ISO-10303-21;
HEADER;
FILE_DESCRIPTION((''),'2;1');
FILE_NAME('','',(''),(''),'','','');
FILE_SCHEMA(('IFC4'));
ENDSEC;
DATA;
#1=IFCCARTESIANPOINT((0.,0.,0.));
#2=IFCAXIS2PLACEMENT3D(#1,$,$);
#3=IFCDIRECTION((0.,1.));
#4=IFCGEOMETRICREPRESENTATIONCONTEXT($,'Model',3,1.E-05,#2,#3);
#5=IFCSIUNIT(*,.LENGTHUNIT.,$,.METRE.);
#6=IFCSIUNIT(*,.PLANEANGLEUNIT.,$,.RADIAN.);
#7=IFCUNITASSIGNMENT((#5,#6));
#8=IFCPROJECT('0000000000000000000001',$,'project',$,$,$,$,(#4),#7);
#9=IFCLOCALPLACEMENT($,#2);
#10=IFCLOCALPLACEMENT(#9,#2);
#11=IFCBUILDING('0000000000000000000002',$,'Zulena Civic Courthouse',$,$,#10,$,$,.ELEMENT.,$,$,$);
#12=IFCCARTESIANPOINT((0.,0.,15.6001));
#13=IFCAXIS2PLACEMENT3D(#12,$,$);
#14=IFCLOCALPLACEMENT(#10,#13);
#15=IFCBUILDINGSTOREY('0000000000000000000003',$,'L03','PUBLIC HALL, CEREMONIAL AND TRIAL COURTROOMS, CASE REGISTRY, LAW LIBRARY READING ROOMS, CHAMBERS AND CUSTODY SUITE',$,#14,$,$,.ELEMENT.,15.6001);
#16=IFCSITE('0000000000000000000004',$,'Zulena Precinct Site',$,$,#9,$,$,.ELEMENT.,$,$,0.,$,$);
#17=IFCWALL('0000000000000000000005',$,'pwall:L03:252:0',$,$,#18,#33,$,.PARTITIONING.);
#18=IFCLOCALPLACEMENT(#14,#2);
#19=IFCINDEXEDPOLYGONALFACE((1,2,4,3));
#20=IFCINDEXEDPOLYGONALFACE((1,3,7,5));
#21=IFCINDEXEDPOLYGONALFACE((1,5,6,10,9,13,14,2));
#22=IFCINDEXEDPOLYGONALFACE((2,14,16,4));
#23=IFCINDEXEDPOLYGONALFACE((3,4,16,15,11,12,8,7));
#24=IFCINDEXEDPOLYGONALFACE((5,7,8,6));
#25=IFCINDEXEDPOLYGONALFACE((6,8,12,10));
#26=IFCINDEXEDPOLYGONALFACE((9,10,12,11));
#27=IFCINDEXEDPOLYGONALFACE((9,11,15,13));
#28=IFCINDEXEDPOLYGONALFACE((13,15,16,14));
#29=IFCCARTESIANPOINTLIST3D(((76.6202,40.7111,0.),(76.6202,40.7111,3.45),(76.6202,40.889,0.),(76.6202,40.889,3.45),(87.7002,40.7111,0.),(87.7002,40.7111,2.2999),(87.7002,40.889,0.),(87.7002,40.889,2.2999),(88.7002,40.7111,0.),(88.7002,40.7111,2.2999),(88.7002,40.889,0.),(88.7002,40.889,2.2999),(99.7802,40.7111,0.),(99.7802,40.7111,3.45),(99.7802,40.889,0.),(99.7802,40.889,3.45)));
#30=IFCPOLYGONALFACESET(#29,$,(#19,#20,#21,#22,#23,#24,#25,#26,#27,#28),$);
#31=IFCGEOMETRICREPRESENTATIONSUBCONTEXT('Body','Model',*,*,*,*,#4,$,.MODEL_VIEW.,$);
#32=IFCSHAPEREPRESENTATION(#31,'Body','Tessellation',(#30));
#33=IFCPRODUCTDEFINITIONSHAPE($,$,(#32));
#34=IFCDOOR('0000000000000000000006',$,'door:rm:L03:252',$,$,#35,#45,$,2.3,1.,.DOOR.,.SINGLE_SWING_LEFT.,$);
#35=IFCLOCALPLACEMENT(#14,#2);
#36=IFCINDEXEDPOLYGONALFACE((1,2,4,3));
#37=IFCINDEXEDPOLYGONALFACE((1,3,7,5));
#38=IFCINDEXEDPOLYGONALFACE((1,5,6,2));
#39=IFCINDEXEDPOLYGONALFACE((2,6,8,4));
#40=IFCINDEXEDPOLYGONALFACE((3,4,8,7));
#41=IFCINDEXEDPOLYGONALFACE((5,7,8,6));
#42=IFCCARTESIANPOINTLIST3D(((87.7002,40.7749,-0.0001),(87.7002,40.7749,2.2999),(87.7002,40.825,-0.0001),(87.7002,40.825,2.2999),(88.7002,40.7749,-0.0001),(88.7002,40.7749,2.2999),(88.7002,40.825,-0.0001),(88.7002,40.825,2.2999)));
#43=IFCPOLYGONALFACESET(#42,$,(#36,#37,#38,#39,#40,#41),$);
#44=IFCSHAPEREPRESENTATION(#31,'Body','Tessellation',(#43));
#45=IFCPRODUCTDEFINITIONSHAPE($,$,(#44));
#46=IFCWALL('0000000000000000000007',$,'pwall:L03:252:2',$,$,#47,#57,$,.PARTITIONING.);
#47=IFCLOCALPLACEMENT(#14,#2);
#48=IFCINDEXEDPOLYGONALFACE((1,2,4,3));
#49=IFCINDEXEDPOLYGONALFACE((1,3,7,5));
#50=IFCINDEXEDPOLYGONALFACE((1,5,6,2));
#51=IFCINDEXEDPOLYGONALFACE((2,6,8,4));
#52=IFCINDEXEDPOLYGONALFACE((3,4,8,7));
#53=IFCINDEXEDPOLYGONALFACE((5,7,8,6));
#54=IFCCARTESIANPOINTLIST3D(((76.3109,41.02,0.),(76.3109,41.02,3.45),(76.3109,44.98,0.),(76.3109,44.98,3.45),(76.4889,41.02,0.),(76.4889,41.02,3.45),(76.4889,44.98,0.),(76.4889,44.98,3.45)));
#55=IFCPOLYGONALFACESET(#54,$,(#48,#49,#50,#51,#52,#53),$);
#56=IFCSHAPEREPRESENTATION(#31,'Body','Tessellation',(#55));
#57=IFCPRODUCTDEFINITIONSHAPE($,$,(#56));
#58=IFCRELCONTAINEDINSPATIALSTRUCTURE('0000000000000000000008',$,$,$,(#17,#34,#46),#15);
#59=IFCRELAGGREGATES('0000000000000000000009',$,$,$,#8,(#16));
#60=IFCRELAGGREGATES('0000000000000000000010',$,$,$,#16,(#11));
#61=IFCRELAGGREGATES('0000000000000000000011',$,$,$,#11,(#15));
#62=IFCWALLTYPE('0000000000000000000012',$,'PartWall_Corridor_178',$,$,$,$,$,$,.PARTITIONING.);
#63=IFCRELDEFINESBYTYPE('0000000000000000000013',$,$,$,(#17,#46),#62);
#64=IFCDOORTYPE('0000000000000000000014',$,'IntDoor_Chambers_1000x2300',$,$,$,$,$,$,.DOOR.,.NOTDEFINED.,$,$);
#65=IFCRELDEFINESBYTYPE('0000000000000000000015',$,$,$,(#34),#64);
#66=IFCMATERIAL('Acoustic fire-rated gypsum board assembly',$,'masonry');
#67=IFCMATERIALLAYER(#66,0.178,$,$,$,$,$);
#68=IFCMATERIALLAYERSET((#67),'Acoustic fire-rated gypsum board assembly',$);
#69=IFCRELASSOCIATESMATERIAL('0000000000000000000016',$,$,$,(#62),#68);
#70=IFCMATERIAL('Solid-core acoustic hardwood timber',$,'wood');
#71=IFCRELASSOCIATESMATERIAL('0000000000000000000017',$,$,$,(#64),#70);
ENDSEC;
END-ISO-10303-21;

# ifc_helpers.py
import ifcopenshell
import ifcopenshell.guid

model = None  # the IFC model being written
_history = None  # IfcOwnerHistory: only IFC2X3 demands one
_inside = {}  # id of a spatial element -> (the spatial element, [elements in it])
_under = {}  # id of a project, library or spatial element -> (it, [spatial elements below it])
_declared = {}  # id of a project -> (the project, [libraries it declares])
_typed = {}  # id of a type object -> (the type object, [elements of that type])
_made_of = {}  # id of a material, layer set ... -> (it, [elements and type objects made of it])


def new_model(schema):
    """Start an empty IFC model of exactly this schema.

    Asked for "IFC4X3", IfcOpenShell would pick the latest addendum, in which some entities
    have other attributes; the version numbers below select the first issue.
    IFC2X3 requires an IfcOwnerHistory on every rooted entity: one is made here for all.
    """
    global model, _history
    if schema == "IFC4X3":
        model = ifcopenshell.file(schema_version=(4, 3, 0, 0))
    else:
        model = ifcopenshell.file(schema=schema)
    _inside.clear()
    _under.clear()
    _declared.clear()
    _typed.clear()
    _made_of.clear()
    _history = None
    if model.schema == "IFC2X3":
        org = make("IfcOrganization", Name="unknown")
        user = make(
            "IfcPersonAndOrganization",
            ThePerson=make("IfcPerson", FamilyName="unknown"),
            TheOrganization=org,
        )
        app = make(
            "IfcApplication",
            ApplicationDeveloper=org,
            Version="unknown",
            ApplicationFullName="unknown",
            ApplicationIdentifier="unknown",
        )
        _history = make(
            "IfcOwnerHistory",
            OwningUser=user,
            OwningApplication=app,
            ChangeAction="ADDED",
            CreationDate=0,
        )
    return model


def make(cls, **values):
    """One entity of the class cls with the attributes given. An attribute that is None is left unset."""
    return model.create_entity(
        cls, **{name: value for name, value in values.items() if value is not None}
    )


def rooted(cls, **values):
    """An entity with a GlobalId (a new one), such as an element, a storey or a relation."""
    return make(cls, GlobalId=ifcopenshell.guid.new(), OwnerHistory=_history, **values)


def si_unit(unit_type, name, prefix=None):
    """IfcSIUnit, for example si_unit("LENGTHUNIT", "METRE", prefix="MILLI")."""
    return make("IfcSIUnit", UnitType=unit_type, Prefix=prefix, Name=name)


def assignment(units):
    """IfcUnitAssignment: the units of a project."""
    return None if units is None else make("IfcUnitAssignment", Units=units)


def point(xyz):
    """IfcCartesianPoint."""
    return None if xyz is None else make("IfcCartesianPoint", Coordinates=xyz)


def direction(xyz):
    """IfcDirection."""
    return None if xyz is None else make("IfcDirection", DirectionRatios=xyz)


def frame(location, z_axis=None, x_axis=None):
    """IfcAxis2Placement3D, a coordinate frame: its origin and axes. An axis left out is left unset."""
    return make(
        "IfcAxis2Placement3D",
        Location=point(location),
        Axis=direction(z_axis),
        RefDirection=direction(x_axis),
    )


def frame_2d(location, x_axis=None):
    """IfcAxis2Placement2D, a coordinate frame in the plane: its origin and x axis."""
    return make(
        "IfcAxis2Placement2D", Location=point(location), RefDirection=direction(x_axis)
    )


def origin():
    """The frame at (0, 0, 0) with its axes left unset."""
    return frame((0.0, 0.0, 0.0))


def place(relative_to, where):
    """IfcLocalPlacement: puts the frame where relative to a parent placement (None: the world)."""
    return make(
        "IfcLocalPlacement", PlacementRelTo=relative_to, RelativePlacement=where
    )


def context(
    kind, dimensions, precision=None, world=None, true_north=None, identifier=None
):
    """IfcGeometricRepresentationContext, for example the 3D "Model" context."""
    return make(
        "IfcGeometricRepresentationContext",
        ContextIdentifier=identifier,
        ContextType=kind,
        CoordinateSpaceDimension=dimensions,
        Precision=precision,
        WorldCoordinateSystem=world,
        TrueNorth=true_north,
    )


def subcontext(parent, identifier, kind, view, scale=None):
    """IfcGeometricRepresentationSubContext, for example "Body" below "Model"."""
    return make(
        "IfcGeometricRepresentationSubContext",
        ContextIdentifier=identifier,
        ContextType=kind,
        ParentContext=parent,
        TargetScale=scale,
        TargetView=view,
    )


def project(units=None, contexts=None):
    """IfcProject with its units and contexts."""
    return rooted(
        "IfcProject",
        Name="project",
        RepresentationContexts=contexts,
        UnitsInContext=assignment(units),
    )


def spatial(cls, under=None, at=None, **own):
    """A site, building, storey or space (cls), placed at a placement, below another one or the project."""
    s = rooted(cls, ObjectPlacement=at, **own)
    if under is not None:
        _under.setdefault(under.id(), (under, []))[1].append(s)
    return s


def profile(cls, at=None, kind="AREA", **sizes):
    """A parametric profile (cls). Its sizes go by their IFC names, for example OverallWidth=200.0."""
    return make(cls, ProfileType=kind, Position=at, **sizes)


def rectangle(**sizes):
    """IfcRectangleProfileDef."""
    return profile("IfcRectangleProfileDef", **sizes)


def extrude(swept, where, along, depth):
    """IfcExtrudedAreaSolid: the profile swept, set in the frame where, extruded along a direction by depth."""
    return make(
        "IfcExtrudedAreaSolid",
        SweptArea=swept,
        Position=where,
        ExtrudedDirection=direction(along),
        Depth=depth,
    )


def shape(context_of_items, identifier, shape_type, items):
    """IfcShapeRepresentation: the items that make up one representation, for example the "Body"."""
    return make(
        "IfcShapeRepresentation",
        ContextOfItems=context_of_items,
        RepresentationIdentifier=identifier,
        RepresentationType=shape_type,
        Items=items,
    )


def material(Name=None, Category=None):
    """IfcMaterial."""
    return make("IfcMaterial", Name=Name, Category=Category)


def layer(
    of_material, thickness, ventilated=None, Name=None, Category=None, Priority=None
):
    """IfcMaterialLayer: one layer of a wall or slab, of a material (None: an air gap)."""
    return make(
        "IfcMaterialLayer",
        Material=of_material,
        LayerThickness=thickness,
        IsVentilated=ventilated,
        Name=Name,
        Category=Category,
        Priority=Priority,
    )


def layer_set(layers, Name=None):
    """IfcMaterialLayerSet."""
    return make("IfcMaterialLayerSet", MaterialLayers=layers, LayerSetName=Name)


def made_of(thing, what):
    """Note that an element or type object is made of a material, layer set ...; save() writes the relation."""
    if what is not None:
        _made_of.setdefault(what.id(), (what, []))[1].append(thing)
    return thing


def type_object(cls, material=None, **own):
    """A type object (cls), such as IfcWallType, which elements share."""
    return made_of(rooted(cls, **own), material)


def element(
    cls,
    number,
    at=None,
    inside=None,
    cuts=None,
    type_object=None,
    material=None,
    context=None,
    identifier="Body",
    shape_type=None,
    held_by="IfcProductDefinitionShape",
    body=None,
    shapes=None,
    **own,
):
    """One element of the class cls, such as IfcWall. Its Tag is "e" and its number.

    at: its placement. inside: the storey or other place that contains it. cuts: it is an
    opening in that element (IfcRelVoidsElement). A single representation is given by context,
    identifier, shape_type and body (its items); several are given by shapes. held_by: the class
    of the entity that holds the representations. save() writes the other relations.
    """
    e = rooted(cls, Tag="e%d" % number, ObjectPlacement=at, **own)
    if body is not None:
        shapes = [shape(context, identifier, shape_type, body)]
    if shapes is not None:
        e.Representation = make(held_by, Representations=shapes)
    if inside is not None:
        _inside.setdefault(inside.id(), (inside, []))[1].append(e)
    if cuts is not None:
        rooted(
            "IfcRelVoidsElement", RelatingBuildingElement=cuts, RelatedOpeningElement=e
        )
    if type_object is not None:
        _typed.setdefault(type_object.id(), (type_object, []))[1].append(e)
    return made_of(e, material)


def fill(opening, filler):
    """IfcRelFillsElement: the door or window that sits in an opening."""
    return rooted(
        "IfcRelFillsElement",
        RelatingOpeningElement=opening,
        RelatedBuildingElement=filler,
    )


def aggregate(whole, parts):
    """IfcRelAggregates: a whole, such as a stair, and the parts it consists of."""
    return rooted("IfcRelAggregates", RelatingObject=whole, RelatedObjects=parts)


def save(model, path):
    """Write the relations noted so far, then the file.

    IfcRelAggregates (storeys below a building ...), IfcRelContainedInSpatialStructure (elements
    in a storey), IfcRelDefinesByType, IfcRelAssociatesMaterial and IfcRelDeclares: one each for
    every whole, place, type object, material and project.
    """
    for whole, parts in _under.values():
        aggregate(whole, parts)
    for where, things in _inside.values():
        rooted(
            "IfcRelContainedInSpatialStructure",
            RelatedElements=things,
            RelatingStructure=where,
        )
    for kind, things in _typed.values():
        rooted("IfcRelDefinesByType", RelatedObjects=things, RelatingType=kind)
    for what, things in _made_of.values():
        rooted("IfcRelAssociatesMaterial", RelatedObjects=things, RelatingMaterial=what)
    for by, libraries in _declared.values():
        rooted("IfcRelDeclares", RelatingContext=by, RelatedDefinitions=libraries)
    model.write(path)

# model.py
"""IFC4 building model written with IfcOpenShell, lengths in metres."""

from ifc_helpers import new_model, si_unit, direction, frame, frame_2d, origin, place, context, subcontext, project, spatial, rectangle, extrude, material, layer, layer_set, type_object, element, fill, save


model = new_model("IFC4")

# Units and contexts
model_context = context("Model", 3, precision=1e-05, world=origin(), true_north=direction((0.0, 1.0)))
body_context = subcontext(model_context, "Body", "Model", "MODEL_VIEW")
ifc_project = project(units=[si_unit("LENGTHUNIT", "METRE"), si_unit("PLANEANGLEUNIT", "RADIAN")], contexts=[model_context])

# Site, building, storey
site_placement = place(None, origin())
site = spatial("IfcSite", under=ifc_project, at=site_placement, Name="Zulena Precinct Site", CompositionType="ELEMENT", RefElevation=0.0)
building_placement = place(site_placement, origin())
building = spatial("IfcBuilding", under=site, at=building_placement, Name="Zulena Civic Courthouse", CompositionType="ELEMENT")
storey_placement = place(building_placement, frame((0.0, 0.0, 15.6001)))
storey = spatial("IfcBuildingStorey", under=building, at=storey_placement, Name="L03", Description="PUBLIC HALL, CEREMONIAL AND TRIAL COURTROOMS, CASE REGISTRY, LAW LIBRARY READING ROOMS, CHAMBERS AND CUSTODY SUITE", CompositionType="ELEMENT", Elevation=15.6001)

# Wall, opening, door
ifc_material_1 = material(Name="Acoustic fire-rated gypsum board assembly", Category="masonry")
ifc_layer_1 = layer(ifc_material_1, 0.178)
ifc_layer_set_1 = layer_set([ifc_layer_1], Name="Acoustic fire-rated gypsum board assembly")
wall_type = type_object("IfcWallType", Name="PartWall_Corridor_178", PredefinedType="PARTITIONING", material=ifc_layer_set_1)
wall_1_placement = place(storey_placement, frame((76.6201, 40.8, 0.0), z_axis=(0.0, 0.0, 1.0), x_axis=(1.0, 0.0, 0.0)))
wall_1 = element("IfcWall", 1, at=wall_1_placement, inside=storey, type_object=wall_type, Name="pwall:L03:252:0", PredefinedType="PARTITIONING", context=body_context, shape_type="SweptSolid", body=[
    extrude(rectangle(XDim=23.1599, YDim=0.178, at=frame_2d((11.5801, 0.0))), origin(), (0.0, 0.0, 1.0), 3.45),
])
opening_placement = place(wall_1_placement, frame((11.0801, 0.0, 0.0)))
opening = element("IfcOpeningElement", 2, at=opening_placement, cuts=wall_1, PredefinedType="OPENING", context=body_context, shape_type="SweptSolid", body=[
    extrude(rectangle(XDim=1.0, YDim=2.3, at=frame_2d((0.5, 1.1499))), frame((0.0, 0.0989, 0.0), z_axis=(0.0, -1.0, 0.0), x_axis=(1.0, 0.0, 0.0)), (0.0, 0.0, 1.0), 0.198),
])
ifc_material_2 = material(Name="Solid-core acoustic hardwood timber", Category="wood")
door_type = type_object("IfcDoorType", Name="IntDoor_Chambers_1000x2300", OperationType="NOTDEFINED", PredefinedType="DOOR", material=ifc_material_2)
door_placement = place(opening_placement, origin())
door = element("IfcDoor", 3, at=door_placement, inside=storey, type_object=door_type, Name="door:rm:L03:252", OperationType="SINGLE_SWING_LEFT", OverallHeight=2.3, OverallWidth=1.0, PredefinedType="DOOR", context=body_context, shape_type="SweptSolid", body=[
    extrude(rectangle(XDim=1.0, YDim=2.3, at=frame_2d((0.5, 1.1499))), frame((0.0, 0.0249, 0.0), z_axis=(0.0, -1.0, 0.0), x_axis=(1.0, 0.0, 0.0)), (0.0, 0.0, 1.0), 0.05),
])
fill(opening, door)

# Wall
wall_2_placement = place(storey_placement, frame((76.3999, 41.02, 0.0), z_axis=(0.0, 0.0, 1.0), x_axis=(0.0, 1.0, 0.0)))
element("IfcWall", 4, at=wall_2_placement, inside=storey, type_object=wall_type, Name="pwall:L03:252:2", PredefinedType="PARTITIONING", context=body_context, shape_type="SweptSolid", body=[
    extrude(rectangle(XDim=3.96, YDim=0.178, at=frame_2d((1.98, 0.0))), origin(), (0.0, 0.0, 1.0), 3.45),
])

save(model, "model.ifc")
